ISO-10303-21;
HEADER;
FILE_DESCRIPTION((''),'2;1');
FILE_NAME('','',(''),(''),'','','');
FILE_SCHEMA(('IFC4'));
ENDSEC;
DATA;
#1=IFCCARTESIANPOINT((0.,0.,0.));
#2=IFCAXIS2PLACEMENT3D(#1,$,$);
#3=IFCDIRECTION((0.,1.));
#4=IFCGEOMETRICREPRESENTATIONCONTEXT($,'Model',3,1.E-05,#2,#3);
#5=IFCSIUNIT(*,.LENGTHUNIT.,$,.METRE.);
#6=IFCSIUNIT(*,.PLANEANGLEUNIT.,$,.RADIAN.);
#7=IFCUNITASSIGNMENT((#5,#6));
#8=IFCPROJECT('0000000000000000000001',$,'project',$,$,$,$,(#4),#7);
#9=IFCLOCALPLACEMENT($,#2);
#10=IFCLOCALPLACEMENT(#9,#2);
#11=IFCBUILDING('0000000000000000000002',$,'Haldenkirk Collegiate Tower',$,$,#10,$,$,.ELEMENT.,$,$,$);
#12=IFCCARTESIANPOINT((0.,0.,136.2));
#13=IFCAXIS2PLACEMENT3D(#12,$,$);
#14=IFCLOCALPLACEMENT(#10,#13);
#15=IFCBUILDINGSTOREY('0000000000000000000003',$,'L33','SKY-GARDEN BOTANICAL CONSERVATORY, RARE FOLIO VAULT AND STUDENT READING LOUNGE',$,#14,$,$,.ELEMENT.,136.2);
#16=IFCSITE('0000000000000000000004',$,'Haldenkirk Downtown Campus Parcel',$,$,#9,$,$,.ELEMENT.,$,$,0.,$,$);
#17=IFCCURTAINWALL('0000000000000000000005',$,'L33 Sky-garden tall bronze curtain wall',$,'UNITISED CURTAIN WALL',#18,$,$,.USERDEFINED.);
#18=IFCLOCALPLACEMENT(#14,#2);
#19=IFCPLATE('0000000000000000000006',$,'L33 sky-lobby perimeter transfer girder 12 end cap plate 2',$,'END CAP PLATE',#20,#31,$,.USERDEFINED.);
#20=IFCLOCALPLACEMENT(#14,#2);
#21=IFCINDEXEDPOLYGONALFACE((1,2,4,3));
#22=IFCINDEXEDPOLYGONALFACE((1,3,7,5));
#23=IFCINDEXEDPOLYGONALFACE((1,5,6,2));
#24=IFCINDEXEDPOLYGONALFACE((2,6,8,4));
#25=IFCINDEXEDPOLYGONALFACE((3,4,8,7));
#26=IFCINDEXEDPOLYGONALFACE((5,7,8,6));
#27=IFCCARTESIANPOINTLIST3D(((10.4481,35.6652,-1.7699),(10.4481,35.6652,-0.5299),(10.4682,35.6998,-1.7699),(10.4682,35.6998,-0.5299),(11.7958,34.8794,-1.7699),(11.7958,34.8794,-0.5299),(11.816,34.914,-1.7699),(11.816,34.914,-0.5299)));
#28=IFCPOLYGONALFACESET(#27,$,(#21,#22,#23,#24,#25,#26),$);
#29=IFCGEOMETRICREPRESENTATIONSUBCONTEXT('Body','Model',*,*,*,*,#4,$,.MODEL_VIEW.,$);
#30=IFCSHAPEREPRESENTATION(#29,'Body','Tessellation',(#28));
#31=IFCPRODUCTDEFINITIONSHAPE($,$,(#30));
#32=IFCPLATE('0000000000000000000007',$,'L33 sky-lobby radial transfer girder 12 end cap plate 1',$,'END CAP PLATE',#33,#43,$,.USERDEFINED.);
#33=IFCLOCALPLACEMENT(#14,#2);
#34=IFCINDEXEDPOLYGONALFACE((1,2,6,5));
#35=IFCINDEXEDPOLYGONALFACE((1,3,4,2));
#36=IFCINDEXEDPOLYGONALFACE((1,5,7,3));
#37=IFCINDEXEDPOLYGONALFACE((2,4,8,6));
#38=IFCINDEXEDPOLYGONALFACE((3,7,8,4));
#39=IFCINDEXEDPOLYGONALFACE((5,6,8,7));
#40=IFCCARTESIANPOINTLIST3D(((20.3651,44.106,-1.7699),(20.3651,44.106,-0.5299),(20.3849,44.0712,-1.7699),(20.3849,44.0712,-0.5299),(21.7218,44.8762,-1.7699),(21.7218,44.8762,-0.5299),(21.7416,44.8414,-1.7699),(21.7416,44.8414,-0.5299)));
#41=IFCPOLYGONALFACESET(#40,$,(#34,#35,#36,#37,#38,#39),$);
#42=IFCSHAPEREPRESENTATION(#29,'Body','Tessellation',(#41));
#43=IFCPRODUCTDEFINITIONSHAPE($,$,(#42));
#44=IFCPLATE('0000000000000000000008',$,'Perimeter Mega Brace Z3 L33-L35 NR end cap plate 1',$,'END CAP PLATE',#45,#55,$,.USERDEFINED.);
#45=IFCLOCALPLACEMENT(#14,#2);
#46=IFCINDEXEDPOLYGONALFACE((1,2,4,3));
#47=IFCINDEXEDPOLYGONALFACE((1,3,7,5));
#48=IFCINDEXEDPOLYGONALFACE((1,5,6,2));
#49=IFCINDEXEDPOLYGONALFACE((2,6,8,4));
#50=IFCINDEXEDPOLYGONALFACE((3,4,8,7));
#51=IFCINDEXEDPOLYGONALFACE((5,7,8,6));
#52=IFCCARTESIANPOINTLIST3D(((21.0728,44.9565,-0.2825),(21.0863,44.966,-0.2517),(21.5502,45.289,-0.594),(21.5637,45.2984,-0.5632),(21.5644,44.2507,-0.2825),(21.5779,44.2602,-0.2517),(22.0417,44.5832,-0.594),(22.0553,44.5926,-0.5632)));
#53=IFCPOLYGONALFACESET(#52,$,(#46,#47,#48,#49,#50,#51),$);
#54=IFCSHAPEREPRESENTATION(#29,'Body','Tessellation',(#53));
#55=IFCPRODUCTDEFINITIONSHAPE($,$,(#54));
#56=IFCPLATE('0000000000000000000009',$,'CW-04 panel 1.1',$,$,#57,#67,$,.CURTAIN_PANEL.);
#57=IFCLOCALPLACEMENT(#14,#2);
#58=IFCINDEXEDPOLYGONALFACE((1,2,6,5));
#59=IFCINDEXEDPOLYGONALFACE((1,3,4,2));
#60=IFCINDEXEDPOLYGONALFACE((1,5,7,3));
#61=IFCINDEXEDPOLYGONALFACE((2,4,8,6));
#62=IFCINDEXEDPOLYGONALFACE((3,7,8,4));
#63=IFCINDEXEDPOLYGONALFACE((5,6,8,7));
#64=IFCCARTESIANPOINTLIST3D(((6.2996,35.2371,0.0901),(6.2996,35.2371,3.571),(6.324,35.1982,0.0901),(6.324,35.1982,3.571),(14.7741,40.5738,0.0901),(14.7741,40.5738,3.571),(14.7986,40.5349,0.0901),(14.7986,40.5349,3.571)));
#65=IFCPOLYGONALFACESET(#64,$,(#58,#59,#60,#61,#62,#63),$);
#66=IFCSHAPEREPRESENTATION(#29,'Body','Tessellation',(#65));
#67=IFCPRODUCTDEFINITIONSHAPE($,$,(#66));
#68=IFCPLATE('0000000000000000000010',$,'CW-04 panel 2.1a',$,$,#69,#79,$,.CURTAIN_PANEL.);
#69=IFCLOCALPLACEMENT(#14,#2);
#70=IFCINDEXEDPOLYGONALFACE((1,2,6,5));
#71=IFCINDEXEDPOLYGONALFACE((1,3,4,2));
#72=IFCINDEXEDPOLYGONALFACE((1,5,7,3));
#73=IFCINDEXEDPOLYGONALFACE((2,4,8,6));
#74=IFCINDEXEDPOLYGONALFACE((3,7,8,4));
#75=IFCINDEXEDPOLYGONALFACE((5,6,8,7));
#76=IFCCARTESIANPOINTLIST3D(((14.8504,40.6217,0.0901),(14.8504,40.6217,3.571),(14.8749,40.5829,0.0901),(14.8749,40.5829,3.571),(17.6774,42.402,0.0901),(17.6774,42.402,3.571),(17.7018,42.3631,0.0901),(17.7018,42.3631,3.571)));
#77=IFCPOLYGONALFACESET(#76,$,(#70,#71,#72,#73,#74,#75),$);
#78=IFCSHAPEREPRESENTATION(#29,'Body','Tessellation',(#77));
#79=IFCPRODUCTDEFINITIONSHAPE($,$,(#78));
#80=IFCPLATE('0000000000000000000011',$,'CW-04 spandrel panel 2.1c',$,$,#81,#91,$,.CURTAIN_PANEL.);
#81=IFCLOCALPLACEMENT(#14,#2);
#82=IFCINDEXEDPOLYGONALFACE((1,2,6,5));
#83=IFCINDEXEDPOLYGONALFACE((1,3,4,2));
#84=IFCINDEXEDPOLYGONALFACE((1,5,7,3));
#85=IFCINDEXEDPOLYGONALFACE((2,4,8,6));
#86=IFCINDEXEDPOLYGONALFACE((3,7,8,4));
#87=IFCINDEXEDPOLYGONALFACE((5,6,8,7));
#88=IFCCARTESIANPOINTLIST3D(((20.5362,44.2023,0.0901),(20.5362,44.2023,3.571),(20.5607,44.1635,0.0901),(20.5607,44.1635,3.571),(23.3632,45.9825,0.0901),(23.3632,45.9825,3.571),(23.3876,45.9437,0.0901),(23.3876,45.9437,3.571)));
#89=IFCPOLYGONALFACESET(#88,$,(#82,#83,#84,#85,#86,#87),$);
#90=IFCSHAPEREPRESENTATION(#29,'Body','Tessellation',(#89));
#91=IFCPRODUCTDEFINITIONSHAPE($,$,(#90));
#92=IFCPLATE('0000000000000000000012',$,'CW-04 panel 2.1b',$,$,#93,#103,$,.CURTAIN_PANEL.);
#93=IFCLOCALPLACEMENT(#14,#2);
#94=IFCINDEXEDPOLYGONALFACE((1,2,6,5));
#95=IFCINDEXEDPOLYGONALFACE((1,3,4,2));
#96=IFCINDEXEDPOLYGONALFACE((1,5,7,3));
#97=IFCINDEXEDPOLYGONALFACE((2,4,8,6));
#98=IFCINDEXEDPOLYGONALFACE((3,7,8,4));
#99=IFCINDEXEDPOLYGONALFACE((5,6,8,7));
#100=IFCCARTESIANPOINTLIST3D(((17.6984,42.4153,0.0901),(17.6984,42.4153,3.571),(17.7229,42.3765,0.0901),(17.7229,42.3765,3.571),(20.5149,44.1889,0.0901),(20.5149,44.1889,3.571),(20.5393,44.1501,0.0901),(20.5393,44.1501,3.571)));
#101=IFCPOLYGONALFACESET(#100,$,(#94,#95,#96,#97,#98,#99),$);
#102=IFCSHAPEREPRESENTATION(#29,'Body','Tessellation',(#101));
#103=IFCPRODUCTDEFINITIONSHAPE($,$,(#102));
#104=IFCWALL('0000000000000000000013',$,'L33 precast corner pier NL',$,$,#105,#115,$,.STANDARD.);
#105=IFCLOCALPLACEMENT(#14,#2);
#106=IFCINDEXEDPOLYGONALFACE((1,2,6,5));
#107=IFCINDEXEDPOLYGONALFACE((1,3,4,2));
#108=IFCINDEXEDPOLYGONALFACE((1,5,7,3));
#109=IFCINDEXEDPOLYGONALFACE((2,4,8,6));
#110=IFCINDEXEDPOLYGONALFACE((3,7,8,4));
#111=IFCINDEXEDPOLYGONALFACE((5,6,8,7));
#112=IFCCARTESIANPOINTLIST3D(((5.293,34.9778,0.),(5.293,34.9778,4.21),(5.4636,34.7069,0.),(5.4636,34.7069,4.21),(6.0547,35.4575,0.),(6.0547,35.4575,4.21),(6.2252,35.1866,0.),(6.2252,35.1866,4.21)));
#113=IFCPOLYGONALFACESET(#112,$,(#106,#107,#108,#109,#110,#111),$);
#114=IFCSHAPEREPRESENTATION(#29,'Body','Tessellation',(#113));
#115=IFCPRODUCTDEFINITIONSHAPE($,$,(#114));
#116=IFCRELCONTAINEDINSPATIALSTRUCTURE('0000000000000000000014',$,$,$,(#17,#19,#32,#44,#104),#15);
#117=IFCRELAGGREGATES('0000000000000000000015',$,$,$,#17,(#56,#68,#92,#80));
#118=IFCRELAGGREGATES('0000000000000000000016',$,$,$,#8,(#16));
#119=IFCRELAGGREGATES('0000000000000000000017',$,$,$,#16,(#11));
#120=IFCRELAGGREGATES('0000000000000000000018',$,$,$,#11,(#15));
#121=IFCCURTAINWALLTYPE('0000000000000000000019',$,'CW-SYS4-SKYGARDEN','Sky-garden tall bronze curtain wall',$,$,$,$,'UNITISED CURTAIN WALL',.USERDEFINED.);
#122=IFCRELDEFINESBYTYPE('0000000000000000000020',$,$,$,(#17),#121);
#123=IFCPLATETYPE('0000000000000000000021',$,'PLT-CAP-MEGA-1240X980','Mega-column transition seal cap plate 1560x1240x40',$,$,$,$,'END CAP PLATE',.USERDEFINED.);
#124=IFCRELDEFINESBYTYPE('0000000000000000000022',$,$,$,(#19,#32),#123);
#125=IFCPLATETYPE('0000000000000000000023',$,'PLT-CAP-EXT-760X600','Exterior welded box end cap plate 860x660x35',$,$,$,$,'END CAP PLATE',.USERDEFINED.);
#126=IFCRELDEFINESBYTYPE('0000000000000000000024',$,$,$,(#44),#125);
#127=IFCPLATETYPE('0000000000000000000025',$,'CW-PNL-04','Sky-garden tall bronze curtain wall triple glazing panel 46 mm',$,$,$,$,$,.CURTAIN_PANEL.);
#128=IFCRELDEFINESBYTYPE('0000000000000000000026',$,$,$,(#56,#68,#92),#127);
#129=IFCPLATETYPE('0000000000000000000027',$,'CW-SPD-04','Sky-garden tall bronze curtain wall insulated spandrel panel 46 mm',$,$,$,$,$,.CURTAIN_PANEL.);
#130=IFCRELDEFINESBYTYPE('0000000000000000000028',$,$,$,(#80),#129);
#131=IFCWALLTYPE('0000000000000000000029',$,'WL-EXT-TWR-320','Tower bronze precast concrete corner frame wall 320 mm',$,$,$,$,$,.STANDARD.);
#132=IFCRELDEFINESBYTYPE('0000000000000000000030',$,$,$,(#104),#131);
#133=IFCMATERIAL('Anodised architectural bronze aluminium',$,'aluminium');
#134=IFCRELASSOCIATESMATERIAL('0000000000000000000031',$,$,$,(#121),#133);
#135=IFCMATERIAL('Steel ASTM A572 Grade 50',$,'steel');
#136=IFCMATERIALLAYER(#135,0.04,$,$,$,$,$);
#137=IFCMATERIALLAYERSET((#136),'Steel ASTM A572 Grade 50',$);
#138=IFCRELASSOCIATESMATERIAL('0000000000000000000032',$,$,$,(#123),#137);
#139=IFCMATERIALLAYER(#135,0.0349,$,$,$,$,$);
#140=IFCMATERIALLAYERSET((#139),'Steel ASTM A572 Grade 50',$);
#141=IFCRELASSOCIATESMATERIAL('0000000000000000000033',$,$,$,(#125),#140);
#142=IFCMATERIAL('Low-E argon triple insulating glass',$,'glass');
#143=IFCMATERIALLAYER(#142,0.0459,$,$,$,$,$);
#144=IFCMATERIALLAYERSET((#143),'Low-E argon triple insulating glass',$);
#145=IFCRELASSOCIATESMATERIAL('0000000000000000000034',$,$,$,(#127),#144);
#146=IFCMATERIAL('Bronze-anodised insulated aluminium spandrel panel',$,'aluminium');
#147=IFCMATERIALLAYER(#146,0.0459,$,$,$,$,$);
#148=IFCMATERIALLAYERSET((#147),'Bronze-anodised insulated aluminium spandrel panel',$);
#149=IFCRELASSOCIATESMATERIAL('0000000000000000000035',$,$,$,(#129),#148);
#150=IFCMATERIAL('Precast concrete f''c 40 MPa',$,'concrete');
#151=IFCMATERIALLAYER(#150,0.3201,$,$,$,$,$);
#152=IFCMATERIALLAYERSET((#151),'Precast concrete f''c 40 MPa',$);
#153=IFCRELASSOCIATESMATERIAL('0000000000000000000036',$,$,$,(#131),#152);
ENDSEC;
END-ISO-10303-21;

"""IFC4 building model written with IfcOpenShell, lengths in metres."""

from ifc_helpers import new_model, si_unit, direction, frame, frame_2d, origin, origin_2d, place, context, subcontext, project, spatial, rectangle, extrude, source, transform, mapped, material, layer, layer_set, type_object, element, aggregate, save


model = new_model("IFC4")

# Units and contexts
model_context = context("Model", 3, precision=1e-05, world=origin(), true_north=direction((0.0, 1.0)))
body_context = subcontext(model_context, "Body", "Model", "MODEL_VIEW")
ifc_project = project(units=[si_unit("LENGTHUNIT", "METRE"), si_unit("PLANEANGLEUNIT", "RADIAN")], contexts=[model_context])

# Site, building, storey
site_placement = place(None, origin())
site = spatial("IfcSite", under=ifc_project, at=site_placement, Name="Haldenkirk Downtown Campus Parcel", CompositionType="ELEMENT", RefElevation=0.0)
building_placement = place(site_placement, origin())
building = spatial("IfcBuilding", under=site, at=building_placement, Name="Haldenkirk Collegiate Tower", CompositionType="ELEMENT")
storey_placement = place(building_placement, frame((0.0, 0.0, 136.2)))
storey = spatial("IfcBuildingStorey", under=building, at=storey_placement, Name="L33", Description="SKY-GARDEN BOTANICAL CONSERVATORY, RARE FOLIO VAULT AND STUDENT READING LOUNGE", CompositionType="ELEMENT", Elevation=136.2)

# Shared definitions
ifc_material_1 = material(Name="Steel ASTM A572 Grade 50", Category="steel")

# Curtain wall
ifc_material_2 = material(Name="Anodised architectural bronze aluminium", Category="aluminium")
curtain_wall_type = type_object("IfcCurtainWallType", Name="CW-SYS4-SKYGARDEN", Description="Sky-garden tall bronze curtain wall", ElementType="UNITISED CURTAIN WALL", PredefinedType="USERDEFINED", material=ifc_material_2)
curtain_wall_placement = place(storey_placement, origin())
curtain_wall = element("IfcCurtainWall", 1, at=curtain_wall_placement, inside=storey, type_object=curtain_wall_type, Name="L33 Sky-garden tall bronze curtain wall", ObjectType="UNITISED CURTAIN WALL", PredefinedType="USERDEFINED")

# Plates
ifc_layer_1 = layer(ifc_material_1, 0.04)
ifc_layer_set_1 = layer_set([ifc_layer_1], Name="Steel ASTM A572 Grade 50")
plate_type_1 = type_object("IfcPlateType", Name="PLT-CAP-MEGA-1240X980", Description="Mega-column transition seal cap plate 1560x1240x40", ElementType="END CAP PLATE", PredefinedType="USERDEFINED", material=ifc_layer_set_1)
shared_shape_1 = source(origin(), body_context, "Body", "SweptSolid", [
    extrude(rectangle(XDim=1.5601, YDim=1.24, at=origin_2d()), origin(), (0.0, 0.0, 1.0), 0.04),
])
for number, where, z_axis, x_axis, name in (
    (2, (11.1421, 35.3069, -1.1499), (-0.503656, -0.863904, 0.0), (0.863904, -0.503656, 0.0), "L33 sky-lobby perimeter transfer girder 12 end cap plate 2"),
    (3, (21.0632, 44.4563, -1.1499), (-0.493737, 0.869611, 0.0), (-0.869611, -0.493737, 0.0), "L33 sky-lobby radial transfer girder 12 end cap plate 1"),
):
    element("IfcPlate", number, at=place(storey_placement, frame(where, z_axis=z_axis, x_axis=x_axis)), inside=storey, type_object=plate_type_1, Name=name, ObjectType="END CAP PLATE", PredefinedType="USERDEFINED", context=body_context, shape_type="MappedRepresentation", body=[
        mapped(shared_shape_1, transform((0.0, 0.0, 0.0), x_axis=(1.0, 0.0, 0.0), y_axis=(0.0, 1.0, 0.0), z_axis=(0.0, 0.0, 1.0), scale=1.0)),
    ])
ifc_layer_2 = layer(ifc_material_1, 0.0349)
ifc_layer_set_2 = layer_set([ifc_layer_2], Name="Steel ASTM A572 Grade 50")
plate_type_2 = type_object("IfcPlateType", Name="PLT-CAP-EXT-760X600", Description="Exterior welded box end cap plate 860x660x35", ElementType="END CAP PLATE", PredefinedType="USERDEFINED", material=ifc_layer_set_2)
shared_shape_2 = source(origin(), body_context, "Body", "SweptSolid", [
    extrude(rectangle(XDim=0.8601, YDim=0.6599, at=origin_2d()), origin(), (0.0, 0.0, 1.0), 0.0349),
])
plate_1_placement = place(storey_placement, frame((21.5708, 44.7793, -0.4075), z_axis=(-0.387378, -0.26979, -0.881562), x_axis=(0.571507, -0.820597, 0.0)))
element("IfcPlate", 4, at=plate_1_placement, inside=storey, type_object=plate_type_2, Name="Perimeter Mega Brace Z3 L33-L35 NR end cap plate 1", ObjectType="END CAP PLATE", PredefinedType="USERDEFINED", context=body_context, shape_type="MappedRepresentation", body=[
    mapped(shared_shape_2, transform((0.0, 0.0, 0.0), x_axis=(1.0, 0.0, 0.0), y_axis=(0.0, 1.0, 0.0), z_axis=(0.0, 0.0, 1.0), scale=1.0)),
])

# Plates
ifc_material_3 = material(Name="Low-E argon triple insulating glass", Category="glass")
ifc_layer_3 = layer(ifc_material_3, 0.0459)
ifc_layer_set_3 = layer_set([ifc_layer_3], Name="Low-E argon triple insulating glass")
plate_type_3 = type_object("IfcPlateType", Name="CW-PNL-04", Description="Sky-garden tall bronze curtain wall triple glazing panel 46 mm", PredefinedType="CURTAIN_PANEL", material=ifc_layer_set_3)
shared_shape_3 = source(origin(), body_context, "Body", "SweptSolid", [
    extrude(rectangle(XDim=10.0149, YDim=0.0459, at=origin_2d()), origin(), (0.0, 0.0, 1.0), 3.481),
])
plate_2_placement = place(storey_placement, frame((10.5491, 37.886, 0.0901), z_axis=(0.0, 0.0, 1.0), x_axis=(0.846193, 0.532877, 0.0)))
plate_2 = element("IfcPlate", 5, at=plate_2_placement, type_object=plate_type_3, Name="CW-04 panel 1.1", PredefinedType="CURTAIN_PANEL", context=body_context, shape_type="MappedRepresentation", body=[
    mapped(shared_shape_3, transform((0.0, 0.0, 0.0), x_axis=(1.0, 0.0, 0.0), y_axis=(0.0, 1.0, 0.0), z_axis=(0.0, 0.0, 1.0), scale=1.0)),
])
shared_shape_4 = source(origin(), body_context, "Body", "SweptSolid", [
    extrude(rectangle(XDim=3.3408, YDim=0.0459, at=origin_2d()), origin(), (0.0, 0.0, 1.0), 3.481),
])
plate_3_placement = place(storey_placement, frame((16.2761, 41.4924, 0.0901), z_axis=(0.0, 0.0, 1.0), x_axis=(0.846193, 0.532877, 0.0)))
plate_3 = element("IfcPlate", 6, at=plate_3_placement, type_object=plate_type_3, Name="CW-04 panel 2.1a", PredefinedType="CURTAIN_PANEL", context=body_context, shape_type="MappedRepresentation", body=[
    mapped(shared_shape_4, transform((0.0, 0.0, 0.0), x_axis=(1.0, 0.0, 0.0), y_axis=(0.0, 1.0, 0.0), z_axis=(0.0, 0.0, 1.0), scale=1.0)),
])
ifc_material_4 = material(Name="Bronze-anodised insulated aluminium spandrel panel", Category="aluminium")
ifc_layer_4 = layer(ifc_material_4, 0.0459)
ifc_layer_set_4 = layer_set([ifc_layer_4], Name="Bronze-anodised insulated aluminium spandrel panel")
plate_type_4 = type_object("IfcPlateType", Name="CW-SPD-04", Description="Sky-garden tall bronze curtain wall insulated spandrel panel 46 mm", PredefinedType="CURTAIN_PANEL", material=ifc_layer_set_4)
plate_4_placement = place(storey_placement, frame((21.9619, 45.073, 0.0901), z_axis=(0.0, 0.0, 1.0), x_axis=(0.846193, 0.532877, 0.0)))
plate_4 = element("IfcPlate", 7, at=plate_4_placement, type_object=plate_type_4, Name="CW-04 spandrel panel 2.1c", PredefinedType="CURTAIN_PANEL", context=body_context, shape_type="MappedRepresentation", body=[
    mapped(shared_shape_4, transform((0.0, 0.0, 0.0), x_axis=(1.0, 0.0, 0.0), y_axis=(0.0, 1.0, 0.0), z_axis=(0.0, 0.0, 1.0), scale=1.0)),
])
shared_shape_5 = source(origin(), body_context, "Body", "SweptSolid", [
    extrude(rectangle(XDim=3.3284, YDim=0.0459, at=origin_2d()), origin(), (0.0, 0.0, 1.0), 3.481),
])
plate_5_placement = place(storey_placement, frame((19.1189, 43.2827, 0.0901), z_axis=(0.0, 0.0, 1.0), x_axis=(0.846193, 0.532877, 0.0)))
plate_5 = element("IfcPlate", 8, at=plate_5_placement, type_object=plate_type_3, Name="CW-04 panel 2.1b", PredefinedType="CURTAIN_PANEL", context=body_context, shape_type="MappedRepresentation", body=[
    mapped(shared_shape_5, transform((0.0, 0.0, 0.0), x_axis=(1.0, 0.0, 0.0), y_axis=(0.0, 1.0, 0.0), z_axis=(0.0, 0.0, 1.0), scale=1.0)),
])
aggregate(curtain_wall, [plate_2, plate_3, plate_5, plate_4])

# Wall
ifc_material_5 = material(Name="Precast concrete f'c 40 MPa", Category="concrete")
ifc_layer_5 = layer(ifc_material_5, 0.3201)
ifc_layer_set_5 = layer_set([ifc_layer_5], Name="Precast concrete f'c 40 MPa")
wall_type_1 = type_object("IfcWallType", Name="WL-EXT-TWR-320", Description="Tower bronze precast concrete corner frame wall 320 mm", PredefinedType="STANDARD", material=ifc_layer_set_5)
wall_1_placement = place(storey_placement, frame((5.3782, 34.8423, 0.0), z_axis=(0.0, 0.0, 1.0), x_axis=(0.846165, 0.532921, 0.0)))
element("IfcWall", 9, at=wall_1_placement, inside=storey, type_object=wall_type_1, Name="L33 precast corner pier NL", PredefinedType="STANDARD", context=body_context, shape_type="SweptSolid", body=[
    extrude(rectangle(XDim=0.9001, YDim=0.3201, at=frame_2d((0.4502, 0.0))), origin(), (0.0, 0.0, 1.0), 4.21),
])

save(model, "model.ifc")
